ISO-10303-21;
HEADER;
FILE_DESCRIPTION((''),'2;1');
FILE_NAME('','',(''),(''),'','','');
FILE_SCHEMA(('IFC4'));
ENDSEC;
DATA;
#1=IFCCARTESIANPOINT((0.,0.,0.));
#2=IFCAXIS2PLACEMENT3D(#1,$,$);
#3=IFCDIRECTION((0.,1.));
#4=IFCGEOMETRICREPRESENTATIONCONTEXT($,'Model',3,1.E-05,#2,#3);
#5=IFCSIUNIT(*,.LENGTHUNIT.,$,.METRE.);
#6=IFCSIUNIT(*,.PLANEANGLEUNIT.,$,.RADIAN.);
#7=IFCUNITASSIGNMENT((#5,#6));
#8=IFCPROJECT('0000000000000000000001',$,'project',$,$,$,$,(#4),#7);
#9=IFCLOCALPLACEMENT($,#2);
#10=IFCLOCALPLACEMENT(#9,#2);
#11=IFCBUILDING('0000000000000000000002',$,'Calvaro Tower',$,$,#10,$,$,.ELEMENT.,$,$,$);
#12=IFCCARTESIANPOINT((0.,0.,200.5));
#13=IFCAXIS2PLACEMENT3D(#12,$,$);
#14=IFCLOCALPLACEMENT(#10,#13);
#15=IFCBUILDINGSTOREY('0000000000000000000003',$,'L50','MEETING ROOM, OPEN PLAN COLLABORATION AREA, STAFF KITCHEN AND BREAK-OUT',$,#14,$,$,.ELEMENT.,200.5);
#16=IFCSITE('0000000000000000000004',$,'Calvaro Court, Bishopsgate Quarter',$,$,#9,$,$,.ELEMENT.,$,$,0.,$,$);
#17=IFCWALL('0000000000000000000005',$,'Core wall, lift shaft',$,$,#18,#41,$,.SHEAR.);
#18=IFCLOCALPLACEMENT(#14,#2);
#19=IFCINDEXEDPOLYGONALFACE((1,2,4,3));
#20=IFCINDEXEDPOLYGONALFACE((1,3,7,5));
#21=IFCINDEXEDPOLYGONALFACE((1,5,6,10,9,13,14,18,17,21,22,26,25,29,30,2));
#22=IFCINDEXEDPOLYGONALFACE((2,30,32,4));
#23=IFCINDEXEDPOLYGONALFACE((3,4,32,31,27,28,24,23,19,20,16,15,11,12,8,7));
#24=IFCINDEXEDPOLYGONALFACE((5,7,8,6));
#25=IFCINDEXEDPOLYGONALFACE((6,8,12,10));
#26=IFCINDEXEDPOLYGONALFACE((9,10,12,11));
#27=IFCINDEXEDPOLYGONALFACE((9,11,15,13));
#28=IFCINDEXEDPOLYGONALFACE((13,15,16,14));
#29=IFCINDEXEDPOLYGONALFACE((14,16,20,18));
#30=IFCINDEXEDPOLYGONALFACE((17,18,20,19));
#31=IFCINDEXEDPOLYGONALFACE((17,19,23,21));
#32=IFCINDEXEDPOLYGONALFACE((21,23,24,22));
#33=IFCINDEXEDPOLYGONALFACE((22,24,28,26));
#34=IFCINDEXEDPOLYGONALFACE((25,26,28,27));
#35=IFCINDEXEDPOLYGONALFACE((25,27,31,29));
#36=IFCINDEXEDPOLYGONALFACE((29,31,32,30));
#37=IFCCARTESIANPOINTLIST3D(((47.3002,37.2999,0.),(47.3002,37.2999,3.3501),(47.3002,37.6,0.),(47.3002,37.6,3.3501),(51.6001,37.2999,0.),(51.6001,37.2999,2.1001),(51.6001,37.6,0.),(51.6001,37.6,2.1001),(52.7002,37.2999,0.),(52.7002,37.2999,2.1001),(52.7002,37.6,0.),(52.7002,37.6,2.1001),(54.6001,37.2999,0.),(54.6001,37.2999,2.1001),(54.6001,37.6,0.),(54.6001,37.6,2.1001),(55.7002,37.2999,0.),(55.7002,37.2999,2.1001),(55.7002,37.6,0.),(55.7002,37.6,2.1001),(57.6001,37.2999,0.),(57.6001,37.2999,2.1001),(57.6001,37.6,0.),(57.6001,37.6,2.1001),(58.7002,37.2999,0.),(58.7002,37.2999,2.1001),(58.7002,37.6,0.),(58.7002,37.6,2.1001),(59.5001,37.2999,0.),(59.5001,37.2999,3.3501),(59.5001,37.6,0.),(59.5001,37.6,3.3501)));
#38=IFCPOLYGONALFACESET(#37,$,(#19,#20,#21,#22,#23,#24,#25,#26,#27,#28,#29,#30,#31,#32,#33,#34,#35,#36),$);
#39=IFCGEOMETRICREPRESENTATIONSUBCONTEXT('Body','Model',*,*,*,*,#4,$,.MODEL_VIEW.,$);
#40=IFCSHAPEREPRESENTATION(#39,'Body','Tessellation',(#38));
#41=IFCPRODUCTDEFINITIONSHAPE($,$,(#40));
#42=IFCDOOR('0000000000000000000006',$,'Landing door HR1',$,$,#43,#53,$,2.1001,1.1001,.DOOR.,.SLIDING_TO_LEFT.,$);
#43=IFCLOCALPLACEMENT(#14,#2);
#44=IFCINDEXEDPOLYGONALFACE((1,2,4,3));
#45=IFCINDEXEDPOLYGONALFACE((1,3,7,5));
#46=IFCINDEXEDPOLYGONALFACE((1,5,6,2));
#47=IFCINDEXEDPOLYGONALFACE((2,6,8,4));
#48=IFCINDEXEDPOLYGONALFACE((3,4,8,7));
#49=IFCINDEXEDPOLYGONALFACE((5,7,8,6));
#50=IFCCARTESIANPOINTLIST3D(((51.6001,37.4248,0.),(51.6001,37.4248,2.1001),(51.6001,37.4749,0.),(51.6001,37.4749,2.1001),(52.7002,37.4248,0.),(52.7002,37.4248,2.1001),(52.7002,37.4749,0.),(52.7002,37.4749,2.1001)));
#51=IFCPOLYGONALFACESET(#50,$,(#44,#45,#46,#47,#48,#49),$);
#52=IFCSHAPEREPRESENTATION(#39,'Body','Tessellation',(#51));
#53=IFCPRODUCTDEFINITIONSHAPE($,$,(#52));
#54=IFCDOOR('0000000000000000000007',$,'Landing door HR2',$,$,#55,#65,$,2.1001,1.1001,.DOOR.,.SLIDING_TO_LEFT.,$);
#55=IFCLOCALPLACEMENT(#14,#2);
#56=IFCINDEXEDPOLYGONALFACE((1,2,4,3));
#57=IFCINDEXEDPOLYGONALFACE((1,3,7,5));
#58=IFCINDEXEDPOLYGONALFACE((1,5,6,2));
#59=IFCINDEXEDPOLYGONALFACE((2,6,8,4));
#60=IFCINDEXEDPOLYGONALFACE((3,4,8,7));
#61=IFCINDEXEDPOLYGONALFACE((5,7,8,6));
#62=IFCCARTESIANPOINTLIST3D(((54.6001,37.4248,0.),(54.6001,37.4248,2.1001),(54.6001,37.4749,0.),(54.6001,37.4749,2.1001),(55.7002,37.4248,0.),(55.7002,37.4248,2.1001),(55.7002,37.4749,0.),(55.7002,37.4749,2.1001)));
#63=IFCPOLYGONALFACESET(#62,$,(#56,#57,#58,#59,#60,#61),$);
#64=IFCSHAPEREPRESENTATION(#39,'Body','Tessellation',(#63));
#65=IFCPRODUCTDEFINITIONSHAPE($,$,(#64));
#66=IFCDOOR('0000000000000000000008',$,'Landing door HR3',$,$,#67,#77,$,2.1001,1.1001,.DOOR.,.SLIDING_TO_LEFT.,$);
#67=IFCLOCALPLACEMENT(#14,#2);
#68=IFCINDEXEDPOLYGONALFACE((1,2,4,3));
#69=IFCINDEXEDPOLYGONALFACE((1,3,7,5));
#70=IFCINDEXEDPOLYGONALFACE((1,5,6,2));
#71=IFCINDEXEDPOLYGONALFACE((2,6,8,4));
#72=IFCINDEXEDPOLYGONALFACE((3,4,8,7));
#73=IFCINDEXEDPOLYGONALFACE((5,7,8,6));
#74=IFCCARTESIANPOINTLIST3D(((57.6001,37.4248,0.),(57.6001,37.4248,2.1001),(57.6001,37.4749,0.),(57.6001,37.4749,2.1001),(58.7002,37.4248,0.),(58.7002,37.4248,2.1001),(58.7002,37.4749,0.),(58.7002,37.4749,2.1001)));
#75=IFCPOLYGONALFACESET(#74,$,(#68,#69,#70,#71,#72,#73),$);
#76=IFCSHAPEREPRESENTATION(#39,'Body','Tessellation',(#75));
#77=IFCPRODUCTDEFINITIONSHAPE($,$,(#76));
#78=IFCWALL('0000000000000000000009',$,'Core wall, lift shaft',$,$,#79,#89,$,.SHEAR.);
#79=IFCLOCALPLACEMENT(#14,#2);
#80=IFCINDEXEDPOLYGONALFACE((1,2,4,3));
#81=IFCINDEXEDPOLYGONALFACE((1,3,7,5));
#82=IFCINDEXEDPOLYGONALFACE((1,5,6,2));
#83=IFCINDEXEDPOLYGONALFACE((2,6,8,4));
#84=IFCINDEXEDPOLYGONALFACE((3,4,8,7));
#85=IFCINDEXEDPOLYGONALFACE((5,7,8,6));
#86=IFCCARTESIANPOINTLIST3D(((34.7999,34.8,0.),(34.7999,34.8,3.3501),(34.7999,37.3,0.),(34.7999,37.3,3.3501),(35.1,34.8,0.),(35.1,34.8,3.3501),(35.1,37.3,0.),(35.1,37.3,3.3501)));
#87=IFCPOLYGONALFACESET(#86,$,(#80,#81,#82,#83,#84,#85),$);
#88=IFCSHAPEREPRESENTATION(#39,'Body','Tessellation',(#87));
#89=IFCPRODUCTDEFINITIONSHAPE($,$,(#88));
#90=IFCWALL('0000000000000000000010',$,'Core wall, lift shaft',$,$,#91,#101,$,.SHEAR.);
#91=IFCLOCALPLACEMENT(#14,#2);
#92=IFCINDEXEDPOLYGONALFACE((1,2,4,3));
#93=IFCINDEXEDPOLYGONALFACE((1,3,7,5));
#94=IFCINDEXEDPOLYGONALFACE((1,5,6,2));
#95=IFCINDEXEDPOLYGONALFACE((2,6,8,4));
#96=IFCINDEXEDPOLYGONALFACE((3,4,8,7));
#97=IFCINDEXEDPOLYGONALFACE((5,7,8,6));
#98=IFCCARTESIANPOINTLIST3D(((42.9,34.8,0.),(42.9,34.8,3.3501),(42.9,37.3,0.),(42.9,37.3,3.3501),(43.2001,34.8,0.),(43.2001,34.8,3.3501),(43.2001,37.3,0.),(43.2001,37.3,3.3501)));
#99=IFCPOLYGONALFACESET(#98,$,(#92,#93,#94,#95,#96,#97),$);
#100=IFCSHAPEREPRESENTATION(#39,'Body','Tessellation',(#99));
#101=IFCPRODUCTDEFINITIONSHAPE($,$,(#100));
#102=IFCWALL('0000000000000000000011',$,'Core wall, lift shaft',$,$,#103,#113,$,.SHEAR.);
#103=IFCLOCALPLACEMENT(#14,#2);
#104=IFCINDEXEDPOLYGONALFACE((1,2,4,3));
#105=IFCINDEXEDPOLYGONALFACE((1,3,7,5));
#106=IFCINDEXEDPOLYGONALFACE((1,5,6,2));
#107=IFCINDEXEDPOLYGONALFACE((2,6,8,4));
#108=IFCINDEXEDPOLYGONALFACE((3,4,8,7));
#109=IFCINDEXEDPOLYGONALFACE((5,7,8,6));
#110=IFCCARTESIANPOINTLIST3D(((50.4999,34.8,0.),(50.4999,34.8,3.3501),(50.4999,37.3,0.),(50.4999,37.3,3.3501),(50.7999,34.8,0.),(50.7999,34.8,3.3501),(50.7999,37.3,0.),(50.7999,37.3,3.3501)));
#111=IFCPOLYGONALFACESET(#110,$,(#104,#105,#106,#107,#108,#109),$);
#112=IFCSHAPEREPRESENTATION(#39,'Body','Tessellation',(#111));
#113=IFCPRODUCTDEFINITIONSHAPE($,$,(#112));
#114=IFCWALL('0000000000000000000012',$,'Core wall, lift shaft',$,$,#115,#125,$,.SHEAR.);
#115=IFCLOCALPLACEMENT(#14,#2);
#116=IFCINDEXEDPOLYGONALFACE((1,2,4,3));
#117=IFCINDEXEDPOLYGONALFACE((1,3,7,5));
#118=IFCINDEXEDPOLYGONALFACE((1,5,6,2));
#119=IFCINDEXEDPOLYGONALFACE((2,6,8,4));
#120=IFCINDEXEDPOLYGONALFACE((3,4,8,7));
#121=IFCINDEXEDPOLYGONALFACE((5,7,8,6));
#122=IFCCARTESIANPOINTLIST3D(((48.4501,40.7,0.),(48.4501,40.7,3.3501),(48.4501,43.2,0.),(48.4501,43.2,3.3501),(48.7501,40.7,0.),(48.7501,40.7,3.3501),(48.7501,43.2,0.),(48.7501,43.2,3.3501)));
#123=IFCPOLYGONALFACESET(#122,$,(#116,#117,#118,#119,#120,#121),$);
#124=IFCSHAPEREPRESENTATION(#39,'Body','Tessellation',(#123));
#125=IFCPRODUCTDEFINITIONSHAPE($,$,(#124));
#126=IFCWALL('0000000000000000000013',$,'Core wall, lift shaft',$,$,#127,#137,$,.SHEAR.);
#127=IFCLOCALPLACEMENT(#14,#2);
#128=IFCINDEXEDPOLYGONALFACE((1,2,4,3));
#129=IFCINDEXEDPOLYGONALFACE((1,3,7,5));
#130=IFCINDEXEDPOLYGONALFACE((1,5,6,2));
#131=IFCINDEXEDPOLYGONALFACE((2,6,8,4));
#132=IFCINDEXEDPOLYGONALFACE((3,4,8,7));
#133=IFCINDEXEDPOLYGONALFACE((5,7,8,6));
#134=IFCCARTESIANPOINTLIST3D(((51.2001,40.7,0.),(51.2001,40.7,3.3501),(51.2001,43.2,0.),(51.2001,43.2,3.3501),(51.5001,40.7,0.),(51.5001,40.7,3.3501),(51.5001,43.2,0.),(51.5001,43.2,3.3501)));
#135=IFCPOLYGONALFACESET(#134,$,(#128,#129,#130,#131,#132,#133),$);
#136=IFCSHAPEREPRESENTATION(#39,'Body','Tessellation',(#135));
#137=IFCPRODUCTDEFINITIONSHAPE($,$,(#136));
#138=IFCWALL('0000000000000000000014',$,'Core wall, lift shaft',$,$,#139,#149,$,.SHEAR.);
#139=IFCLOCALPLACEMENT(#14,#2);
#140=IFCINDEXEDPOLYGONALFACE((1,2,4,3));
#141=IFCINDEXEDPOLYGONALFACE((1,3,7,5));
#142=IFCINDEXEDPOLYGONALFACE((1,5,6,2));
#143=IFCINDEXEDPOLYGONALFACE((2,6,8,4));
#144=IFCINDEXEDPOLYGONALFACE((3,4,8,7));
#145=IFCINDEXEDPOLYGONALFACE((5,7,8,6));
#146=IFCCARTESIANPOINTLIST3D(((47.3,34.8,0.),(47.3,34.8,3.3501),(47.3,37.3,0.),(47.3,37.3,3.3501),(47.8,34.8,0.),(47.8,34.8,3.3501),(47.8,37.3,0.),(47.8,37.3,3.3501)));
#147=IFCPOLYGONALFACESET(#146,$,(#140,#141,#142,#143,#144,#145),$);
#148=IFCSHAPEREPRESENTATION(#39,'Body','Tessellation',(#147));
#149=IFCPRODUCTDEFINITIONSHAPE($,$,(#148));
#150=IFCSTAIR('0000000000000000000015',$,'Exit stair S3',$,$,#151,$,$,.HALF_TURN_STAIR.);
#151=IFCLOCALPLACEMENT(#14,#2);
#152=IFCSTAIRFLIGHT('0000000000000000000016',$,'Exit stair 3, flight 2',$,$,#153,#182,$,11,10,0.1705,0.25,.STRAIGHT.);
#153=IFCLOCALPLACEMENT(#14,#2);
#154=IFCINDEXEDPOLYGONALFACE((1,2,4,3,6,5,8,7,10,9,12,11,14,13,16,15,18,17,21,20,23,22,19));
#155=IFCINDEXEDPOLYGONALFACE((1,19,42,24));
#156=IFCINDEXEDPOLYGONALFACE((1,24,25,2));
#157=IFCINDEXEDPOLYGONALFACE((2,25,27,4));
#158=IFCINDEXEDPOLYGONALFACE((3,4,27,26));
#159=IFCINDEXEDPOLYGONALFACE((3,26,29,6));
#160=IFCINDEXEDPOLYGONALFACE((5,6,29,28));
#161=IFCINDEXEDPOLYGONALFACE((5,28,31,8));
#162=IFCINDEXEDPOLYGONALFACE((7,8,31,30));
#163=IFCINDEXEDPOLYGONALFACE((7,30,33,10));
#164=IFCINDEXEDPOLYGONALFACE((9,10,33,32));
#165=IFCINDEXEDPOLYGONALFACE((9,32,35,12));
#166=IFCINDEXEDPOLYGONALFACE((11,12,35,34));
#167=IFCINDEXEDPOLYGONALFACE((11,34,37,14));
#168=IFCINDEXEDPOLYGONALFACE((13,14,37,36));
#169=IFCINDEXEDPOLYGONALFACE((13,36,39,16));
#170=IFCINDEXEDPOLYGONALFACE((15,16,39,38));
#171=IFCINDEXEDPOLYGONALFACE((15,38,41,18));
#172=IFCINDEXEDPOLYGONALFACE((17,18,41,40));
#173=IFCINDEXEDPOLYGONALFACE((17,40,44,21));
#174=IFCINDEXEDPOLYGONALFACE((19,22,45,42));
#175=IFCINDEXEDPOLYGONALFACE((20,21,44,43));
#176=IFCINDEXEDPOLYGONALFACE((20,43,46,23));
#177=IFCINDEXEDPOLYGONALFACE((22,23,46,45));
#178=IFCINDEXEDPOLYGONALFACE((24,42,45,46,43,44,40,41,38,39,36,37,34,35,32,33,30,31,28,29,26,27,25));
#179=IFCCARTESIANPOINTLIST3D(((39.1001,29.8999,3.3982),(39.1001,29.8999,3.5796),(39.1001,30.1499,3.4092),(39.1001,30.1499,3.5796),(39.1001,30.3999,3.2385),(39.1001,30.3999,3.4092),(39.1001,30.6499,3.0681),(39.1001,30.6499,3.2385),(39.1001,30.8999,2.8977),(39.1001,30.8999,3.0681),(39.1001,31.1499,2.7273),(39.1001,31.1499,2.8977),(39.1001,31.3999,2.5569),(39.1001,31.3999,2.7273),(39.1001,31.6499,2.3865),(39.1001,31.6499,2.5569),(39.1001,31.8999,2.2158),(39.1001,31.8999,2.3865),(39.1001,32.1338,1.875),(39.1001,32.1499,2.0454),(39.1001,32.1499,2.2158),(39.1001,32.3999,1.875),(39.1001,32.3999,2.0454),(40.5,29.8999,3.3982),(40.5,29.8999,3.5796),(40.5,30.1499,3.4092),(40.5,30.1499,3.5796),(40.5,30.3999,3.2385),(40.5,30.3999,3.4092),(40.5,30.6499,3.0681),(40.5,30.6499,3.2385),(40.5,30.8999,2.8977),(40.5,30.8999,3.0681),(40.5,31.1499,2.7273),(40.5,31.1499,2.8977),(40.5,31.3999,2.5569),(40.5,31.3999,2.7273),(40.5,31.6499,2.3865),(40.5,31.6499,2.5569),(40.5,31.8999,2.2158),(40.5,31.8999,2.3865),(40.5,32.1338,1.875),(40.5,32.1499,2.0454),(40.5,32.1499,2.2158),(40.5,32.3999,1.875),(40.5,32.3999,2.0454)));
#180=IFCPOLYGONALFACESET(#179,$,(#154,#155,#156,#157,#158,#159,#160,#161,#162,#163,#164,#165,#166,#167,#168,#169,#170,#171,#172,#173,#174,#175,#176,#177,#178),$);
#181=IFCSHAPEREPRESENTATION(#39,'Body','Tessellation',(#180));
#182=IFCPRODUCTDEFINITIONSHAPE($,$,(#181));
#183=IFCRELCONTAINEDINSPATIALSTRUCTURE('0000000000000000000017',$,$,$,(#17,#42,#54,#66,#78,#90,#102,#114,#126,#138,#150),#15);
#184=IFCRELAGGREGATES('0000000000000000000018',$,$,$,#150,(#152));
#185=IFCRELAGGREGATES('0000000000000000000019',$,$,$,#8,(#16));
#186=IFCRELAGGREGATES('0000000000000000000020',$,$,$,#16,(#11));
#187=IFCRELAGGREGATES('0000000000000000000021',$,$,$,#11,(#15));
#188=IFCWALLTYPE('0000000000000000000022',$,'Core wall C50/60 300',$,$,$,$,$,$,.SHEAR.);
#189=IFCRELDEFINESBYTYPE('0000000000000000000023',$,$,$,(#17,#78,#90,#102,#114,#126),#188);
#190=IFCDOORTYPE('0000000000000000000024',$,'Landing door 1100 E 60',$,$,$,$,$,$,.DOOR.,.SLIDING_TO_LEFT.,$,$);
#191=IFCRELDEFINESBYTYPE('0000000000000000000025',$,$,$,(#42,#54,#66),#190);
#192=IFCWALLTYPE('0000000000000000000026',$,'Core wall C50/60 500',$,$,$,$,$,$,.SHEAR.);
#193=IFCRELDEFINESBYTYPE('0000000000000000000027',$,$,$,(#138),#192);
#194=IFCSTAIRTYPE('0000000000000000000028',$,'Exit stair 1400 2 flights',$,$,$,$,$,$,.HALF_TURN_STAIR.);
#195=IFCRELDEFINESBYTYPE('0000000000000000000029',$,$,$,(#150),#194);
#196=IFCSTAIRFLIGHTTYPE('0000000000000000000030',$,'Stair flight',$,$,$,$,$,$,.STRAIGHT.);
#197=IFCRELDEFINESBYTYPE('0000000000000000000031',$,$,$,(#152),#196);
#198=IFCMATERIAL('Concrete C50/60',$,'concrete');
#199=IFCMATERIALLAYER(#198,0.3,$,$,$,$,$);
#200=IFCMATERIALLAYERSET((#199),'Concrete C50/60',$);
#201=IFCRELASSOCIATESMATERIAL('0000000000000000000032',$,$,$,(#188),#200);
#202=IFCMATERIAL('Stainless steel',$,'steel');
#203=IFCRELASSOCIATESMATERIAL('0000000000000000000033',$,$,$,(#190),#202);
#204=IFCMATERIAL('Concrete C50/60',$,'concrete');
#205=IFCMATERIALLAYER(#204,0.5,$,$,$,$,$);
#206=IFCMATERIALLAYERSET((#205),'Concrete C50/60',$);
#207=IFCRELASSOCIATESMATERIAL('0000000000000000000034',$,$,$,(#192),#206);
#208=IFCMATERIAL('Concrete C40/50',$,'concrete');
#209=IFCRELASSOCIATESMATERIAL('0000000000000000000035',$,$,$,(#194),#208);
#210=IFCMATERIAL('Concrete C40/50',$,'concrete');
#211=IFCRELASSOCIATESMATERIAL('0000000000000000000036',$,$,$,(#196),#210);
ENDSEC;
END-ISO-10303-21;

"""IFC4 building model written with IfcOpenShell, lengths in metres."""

from ifc_helpers import new_model, si_unit, direction, frame, frame_2d, origin, place, context, subcontext, project, spatial, polyline, rectangle, outline, extrude, material, layer, layer_set, type_object, element, fill, aggregate, save


model = new_model("IFC4")

# Units and contexts
model_context = context("Model", 3, precision=1e-05, world=origin(), true_north=direction((0.0, 1.0)))
body_context = subcontext(model_context, "Body", "Model", "MODEL_VIEW")
ifc_project = project(units=[si_unit("LENGTHUNIT", "METRE"), si_unit("PLANEANGLEUNIT", "RADIAN")], contexts=[model_context])

# Site, building, storey
site_placement = place(None, origin())
site = spatial("IfcSite", under=ifc_project, at=site_placement, Name="Calvaro Court, Bishopsgate Quarter", CompositionType="ELEMENT", RefElevation=0.0)
building_placement = place(site_placement, origin())
building = spatial("IfcBuilding", under=site, at=building_placement, Name="Calvaro Tower", CompositionType="ELEMENT")
storey_placement = place(building_placement, frame((0.0, 0.0, 200.5)))
storey = spatial("IfcBuildingStorey", under=building, at=storey_placement, Name="L50", Description="MEETING ROOM, OPEN PLAN COLLABORATION AREA, STAFF KITCHEN AND BREAK-OUT", CompositionType="ELEMENT", Elevation=200.5)

# Shared definitions
ifc_material_1 = material(Name="Concrete C50/60", Category="concrete")
ifc_layer_1 = layer(ifc_material_1, 0.3)
ifc_layer_set_1 = layer_set([ifc_layer_1], Name="Concrete C50/60")
wall_type_1 = type_object("IfcWallType", Name="Core wall C50/60 300", PredefinedType="SHEAR", material=ifc_layer_set_1)
ifc_material_2 = material(Name="Stainless steel", Category="steel")
door_type_1 = type_object("IfcDoorType", Name="Landing door 1100 E 60", OperationType="SLIDING_TO_LEFT", PredefinedType="DOOR", material=ifc_material_2)

# Wall, openings, doors
wall_1_placement = place(storey_placement, frame((47.3, 37.45, 0.0), z_axis=(0.0, 0.0, 1.0), x_axis=(1.0, 0.0, 0.0)))
wall_1 = element("IfcWall", 1, at=wall_1_placement, inside=storey, type_object=wall_type_1, Name="Core wall, lift shaft", PredefinedType="SHEAR", context=body_context, shape_type="SweptSolid", body=[
    extrude(rectangle(XDim=12.2, YDim=0.3, at=frame_2d((6.1001, 0.0))), origin(), (0.0, 0.0, 1.0), 3.3501),
])
opening_1_placement = place(wall_1_placement, frame((4.3, 0.0, 0.0)))
opening_1 = element("IfcOpeningElement", 2, at=opening_1_placement, cuts=wall_1, PredefinedType="OPENING", context=body_context, shape_type="SweptSolid", body=[
    extrude(rectangle(XDim=1.1001, YDim=2.1001, at=frame_2d((0.55, 1.05))), frame((0.0, 0.1599, 0.0), z_axis=(0.0, -1.0, 0.0), x_axis=(1.0, 0.0, 0.0)), (0.0, 0.0, 1.0), 0.3201),
])
opening_2_placement = place(wall_1_placement, frame((7.3, 0.0, 0.0)))
opening_2 = element("IfcOpeningElement", 3, at=opening_2_placement, cuts=wall_1, PredefinedType="OPENING", context=body_context, shape_type="SweptSolid", body=[
    extrude(rectangle(XDim=1.1001, YDim=2.1001, at=frame_2d((0.55, 1.05))), frame((0.0, 0.1599, 0.0), z_axis=(0.0, -1.0, 0.0), x_axis=(1.0, 0.0, 0.0)), (0.0, 0.0, 1.0), 0.3201),
])
opening_3_placement = place(wall_1_placement, frame((10.3, 0.0, 0.0)))
opening_3 = element("IfcOpeningElement", 4, at=opening_3_placement, cuts=wall_1, PredefinedType="OPENING", context=body_context, shape_type="SweptSolid", body=[
    extrude(rectangle(XDim=1.1001, YDim=2.1001, at=frame_2d((0.55, 1.05))), frame((0.0, 0.1599, 0.0), z_axis=(0.0, -1.0, 0.0), x_axis=(1.0, 0.0, 0.0)), (0.0, 0.0, 1.0), 0.3201),
])
door_1_placement = place(opening_1_placement, origin())
door_1 = element("IfcDoor", 5, at=door_1_placement, inside=storey, type_object=door_type_1, Name="Landing door HR1", OperationType="SLIDING_TO_LEFT", OverallHeight=2.1001, OverallWidth=1.1001, PredefinedType="DOOR", context=body_context, shape_type="SweptSolid", body=[
    extrude(rectangle(XDim=1.1001, YDim=2.1001, at=frame_2d((0.55, 1.05))), frame((0.0, 0.0249, 0.0), z_axis=(0.0, -1.0, 0.0), x_axis=(1.0, 0.0, 0.0)), (0.0, 0.0, 1.0), 0.05),
])
fill(opening_1, door_1)
door_2_placement = place(opening_2_placement, origin())
door_2 = element("IfcDoor", 6, at=door_2_placement, inside=storey, type_object=door_type_1, Name="Landing door HR2", OperationType="SLIDING_TO_LEFT", OverallHeight=2.1001, OverallWidth=1.1001, PredefinedType="DOOR", context=body_context, shape_type="SweptSolid", body=[
    extrude(rectangle(XDim=1.1001, YDim=2.1001, at=frame_2d((0.55, 1.05))), frame((0.0, 0.0249, 0.0), z_axis=(0.0, -1.0, 0.0), x_axis=(1.0, 0.0, 0.0)), (0.0, 0.0, 1.0), 0.05),
])
fill(opening_2, door_2)
door_3_placement = place(opening_3_placement, origin())
door_3 = element("IfcDoor", 7, at=door_3_placement, inside=storey, type_object=door_type_1, Name="Landing door HR3", OperationType="SLIDING_TO_LEFT", OverallHeight=2.1001, OverallWidth=1.1001, PredefinedType="DOOR", context=body_context, shape_type="SweptSolid", body=[
    extrude(rectangle(XDim=1.1001, YDim=2.1001, at=frame_2d((0.55, 1.05))), frame((0.0, 0.0249, 0.0), z_axis=(0.0, -1.0, 0.0), x_axis=(1.0, 0.0, 0.0)), (0.0, 0.0, 1.0), 0.05),
])
fill(opening_3, door_3)

# Walls
for number, where, z_axis, x_axis, name in (
    (8, (34.95, 34.8, 0.0), (0.0, 0.0, 1.0), (0.0, 1.0, 0.0), "Core wall, lift shaft"),
    (9, (43.05, 34.8, 0.0), (0.0, 0.0, 1.0), (0.0, 1.0, 0.0), "Core wall, lift shaft"),
    (10, (50.6499, 34.8, 0.0), (0.0, 0.0, 1.0), (0.0, 1.0, 0.0), "Core wall, lift shaft"),
    (11, (48.6001, 40.7, 0.0), (0.0, 0.0, 1.0), (0.0, 1.0, 0.0), "Core wall, lift shaft"),
    (12, (51.3501, 40.7, 0.0), (0.0, 0.0, 1.0), (0.0, 1.0, 0.0), "Core wall, lift shaft"),
):
    element("IfcWall", number, at=place(storey_placement, frame(where, z_axis=z_axis, x_axis=x_axis)), inside=storey, type_object=wall_type_1, Name=name, PredefinedType="SHEAR", context=body_context, shape_type="SweptSolid", body=[
        extrude(rectangle(XDim=2.5, YDim=0.3, at=frame_2d((1.25, 0.0))), origin(), (0.0, 0.0, 1.0), 3.3501),
    ])
ifc_material_3 = material(Name="Concrete C50/60", Category="concrete")
ifc_layer_2 = layer(ifc_material_3, 0.5)
ifc_layer_set_2 = layer_set([ifc_layer_2], Name="Concrete C50/60")
wall_type_2 = type_object("IfcWallType", Name="Core wall C50/60 500", PredefinedType="SHEAR", material=ifc_layer_set_2)
wall_2_placement = place(storey_placement, frame((47.55, 34.8, 0.0), z_axis=(0.0, 0.0, 1.0), x_axis=(0.0, 1.0, 0.0)))
element("IfcWall", 13, at=wall_2_placement, inside=storey, type_object=wall_type_2, Name="Core wall, lift shaft", PredefinedType="SHEAR", context=body_context, shape_type="SweptSolid", body=[
    extrude(rectangle(XDim=2.5, YDim=0.5, at=frame_2d((1.25, 0.0))), origin(), (0.0, 0.0, 1.0), 3.3501),
])

# Stair, stair flight
ifc_material_4 = material(Name="Concrete C40/50", Category="concrete")
stair_type = type_object("IfcStairType", Name="Exit stair 1400 2 flights", PredefinedType="HALF_TURN_STAIR", material=ifc_material_4)
stair_1_placement = place(storey_placement, origin())
stair_1 = element("IfcStair", 14, at=stair_1_placement, inside=storey, type_object=stair_type, Name="Exit stair S3", PredefinedType="HALF_TURN_STAIR")
ifc_material_5 = material(Name="Concrete C40/50", Category="concrete")
stair_flight_type = type_object("IfcStairFlightType", Name="Stair flight", PredefinedType="STRAIGHT", material=ifc_material_5)
stair_flight_1_placement = place(storey_placement, frame((39.8, 32.3999, 1.875), z_axis=(0.0, 0.0, 1.0), x_axis=(0.0, -1.0, 0.0)))
stair_flight_1 = element("IfcStairFlight", 15, at=stair_flight_1_placement, type_object=stair_flight_type, Name="Exit stair 3, flight 2", NumberOfRisers=11, NumberOfTreads=10, PredefinedType="STRAIGHT", RiserHeight=0.1705, TreadLength=0.25, context=body_context, shape_type="SweptSolid", body=[
    extrude(outline(polyline([(0.0, 0.0), (0.0, 0.1704), (0.25, 0.1704), (0.25, 0.3408), (0.5, 0.3408), (0.5, 0.5115), (0.75, 0.5115), (0.75, 0.6819), (1.0, 0.6819), (1.0, 0.8523), (1.25, 0.8523), (1.25, 1.0227), (1.5, 1.0227), (1.5, 1.1931), (1.75, 1.1931), (1.75, 1.3635), (2.0, 1.3635), (2.0, 1.5342), (2.25, 1.5342), (2.25, 1.7046), (2.5, 1.7046), (2.5, 1.875), (2.5, 1.5232), (0.2661, 0.0), (0.0, 0.0)])), frame((0.0, 0.7, 0.0), z_axis=(0.0, -1.0, 0.0), x_axis=(1.0, 0.0, 0.0)), (0.0, 0.0, 1.0), 1.3999),
])

aggregate(stair_1, [stair_flight_1])

save(model, "model.ifc")
